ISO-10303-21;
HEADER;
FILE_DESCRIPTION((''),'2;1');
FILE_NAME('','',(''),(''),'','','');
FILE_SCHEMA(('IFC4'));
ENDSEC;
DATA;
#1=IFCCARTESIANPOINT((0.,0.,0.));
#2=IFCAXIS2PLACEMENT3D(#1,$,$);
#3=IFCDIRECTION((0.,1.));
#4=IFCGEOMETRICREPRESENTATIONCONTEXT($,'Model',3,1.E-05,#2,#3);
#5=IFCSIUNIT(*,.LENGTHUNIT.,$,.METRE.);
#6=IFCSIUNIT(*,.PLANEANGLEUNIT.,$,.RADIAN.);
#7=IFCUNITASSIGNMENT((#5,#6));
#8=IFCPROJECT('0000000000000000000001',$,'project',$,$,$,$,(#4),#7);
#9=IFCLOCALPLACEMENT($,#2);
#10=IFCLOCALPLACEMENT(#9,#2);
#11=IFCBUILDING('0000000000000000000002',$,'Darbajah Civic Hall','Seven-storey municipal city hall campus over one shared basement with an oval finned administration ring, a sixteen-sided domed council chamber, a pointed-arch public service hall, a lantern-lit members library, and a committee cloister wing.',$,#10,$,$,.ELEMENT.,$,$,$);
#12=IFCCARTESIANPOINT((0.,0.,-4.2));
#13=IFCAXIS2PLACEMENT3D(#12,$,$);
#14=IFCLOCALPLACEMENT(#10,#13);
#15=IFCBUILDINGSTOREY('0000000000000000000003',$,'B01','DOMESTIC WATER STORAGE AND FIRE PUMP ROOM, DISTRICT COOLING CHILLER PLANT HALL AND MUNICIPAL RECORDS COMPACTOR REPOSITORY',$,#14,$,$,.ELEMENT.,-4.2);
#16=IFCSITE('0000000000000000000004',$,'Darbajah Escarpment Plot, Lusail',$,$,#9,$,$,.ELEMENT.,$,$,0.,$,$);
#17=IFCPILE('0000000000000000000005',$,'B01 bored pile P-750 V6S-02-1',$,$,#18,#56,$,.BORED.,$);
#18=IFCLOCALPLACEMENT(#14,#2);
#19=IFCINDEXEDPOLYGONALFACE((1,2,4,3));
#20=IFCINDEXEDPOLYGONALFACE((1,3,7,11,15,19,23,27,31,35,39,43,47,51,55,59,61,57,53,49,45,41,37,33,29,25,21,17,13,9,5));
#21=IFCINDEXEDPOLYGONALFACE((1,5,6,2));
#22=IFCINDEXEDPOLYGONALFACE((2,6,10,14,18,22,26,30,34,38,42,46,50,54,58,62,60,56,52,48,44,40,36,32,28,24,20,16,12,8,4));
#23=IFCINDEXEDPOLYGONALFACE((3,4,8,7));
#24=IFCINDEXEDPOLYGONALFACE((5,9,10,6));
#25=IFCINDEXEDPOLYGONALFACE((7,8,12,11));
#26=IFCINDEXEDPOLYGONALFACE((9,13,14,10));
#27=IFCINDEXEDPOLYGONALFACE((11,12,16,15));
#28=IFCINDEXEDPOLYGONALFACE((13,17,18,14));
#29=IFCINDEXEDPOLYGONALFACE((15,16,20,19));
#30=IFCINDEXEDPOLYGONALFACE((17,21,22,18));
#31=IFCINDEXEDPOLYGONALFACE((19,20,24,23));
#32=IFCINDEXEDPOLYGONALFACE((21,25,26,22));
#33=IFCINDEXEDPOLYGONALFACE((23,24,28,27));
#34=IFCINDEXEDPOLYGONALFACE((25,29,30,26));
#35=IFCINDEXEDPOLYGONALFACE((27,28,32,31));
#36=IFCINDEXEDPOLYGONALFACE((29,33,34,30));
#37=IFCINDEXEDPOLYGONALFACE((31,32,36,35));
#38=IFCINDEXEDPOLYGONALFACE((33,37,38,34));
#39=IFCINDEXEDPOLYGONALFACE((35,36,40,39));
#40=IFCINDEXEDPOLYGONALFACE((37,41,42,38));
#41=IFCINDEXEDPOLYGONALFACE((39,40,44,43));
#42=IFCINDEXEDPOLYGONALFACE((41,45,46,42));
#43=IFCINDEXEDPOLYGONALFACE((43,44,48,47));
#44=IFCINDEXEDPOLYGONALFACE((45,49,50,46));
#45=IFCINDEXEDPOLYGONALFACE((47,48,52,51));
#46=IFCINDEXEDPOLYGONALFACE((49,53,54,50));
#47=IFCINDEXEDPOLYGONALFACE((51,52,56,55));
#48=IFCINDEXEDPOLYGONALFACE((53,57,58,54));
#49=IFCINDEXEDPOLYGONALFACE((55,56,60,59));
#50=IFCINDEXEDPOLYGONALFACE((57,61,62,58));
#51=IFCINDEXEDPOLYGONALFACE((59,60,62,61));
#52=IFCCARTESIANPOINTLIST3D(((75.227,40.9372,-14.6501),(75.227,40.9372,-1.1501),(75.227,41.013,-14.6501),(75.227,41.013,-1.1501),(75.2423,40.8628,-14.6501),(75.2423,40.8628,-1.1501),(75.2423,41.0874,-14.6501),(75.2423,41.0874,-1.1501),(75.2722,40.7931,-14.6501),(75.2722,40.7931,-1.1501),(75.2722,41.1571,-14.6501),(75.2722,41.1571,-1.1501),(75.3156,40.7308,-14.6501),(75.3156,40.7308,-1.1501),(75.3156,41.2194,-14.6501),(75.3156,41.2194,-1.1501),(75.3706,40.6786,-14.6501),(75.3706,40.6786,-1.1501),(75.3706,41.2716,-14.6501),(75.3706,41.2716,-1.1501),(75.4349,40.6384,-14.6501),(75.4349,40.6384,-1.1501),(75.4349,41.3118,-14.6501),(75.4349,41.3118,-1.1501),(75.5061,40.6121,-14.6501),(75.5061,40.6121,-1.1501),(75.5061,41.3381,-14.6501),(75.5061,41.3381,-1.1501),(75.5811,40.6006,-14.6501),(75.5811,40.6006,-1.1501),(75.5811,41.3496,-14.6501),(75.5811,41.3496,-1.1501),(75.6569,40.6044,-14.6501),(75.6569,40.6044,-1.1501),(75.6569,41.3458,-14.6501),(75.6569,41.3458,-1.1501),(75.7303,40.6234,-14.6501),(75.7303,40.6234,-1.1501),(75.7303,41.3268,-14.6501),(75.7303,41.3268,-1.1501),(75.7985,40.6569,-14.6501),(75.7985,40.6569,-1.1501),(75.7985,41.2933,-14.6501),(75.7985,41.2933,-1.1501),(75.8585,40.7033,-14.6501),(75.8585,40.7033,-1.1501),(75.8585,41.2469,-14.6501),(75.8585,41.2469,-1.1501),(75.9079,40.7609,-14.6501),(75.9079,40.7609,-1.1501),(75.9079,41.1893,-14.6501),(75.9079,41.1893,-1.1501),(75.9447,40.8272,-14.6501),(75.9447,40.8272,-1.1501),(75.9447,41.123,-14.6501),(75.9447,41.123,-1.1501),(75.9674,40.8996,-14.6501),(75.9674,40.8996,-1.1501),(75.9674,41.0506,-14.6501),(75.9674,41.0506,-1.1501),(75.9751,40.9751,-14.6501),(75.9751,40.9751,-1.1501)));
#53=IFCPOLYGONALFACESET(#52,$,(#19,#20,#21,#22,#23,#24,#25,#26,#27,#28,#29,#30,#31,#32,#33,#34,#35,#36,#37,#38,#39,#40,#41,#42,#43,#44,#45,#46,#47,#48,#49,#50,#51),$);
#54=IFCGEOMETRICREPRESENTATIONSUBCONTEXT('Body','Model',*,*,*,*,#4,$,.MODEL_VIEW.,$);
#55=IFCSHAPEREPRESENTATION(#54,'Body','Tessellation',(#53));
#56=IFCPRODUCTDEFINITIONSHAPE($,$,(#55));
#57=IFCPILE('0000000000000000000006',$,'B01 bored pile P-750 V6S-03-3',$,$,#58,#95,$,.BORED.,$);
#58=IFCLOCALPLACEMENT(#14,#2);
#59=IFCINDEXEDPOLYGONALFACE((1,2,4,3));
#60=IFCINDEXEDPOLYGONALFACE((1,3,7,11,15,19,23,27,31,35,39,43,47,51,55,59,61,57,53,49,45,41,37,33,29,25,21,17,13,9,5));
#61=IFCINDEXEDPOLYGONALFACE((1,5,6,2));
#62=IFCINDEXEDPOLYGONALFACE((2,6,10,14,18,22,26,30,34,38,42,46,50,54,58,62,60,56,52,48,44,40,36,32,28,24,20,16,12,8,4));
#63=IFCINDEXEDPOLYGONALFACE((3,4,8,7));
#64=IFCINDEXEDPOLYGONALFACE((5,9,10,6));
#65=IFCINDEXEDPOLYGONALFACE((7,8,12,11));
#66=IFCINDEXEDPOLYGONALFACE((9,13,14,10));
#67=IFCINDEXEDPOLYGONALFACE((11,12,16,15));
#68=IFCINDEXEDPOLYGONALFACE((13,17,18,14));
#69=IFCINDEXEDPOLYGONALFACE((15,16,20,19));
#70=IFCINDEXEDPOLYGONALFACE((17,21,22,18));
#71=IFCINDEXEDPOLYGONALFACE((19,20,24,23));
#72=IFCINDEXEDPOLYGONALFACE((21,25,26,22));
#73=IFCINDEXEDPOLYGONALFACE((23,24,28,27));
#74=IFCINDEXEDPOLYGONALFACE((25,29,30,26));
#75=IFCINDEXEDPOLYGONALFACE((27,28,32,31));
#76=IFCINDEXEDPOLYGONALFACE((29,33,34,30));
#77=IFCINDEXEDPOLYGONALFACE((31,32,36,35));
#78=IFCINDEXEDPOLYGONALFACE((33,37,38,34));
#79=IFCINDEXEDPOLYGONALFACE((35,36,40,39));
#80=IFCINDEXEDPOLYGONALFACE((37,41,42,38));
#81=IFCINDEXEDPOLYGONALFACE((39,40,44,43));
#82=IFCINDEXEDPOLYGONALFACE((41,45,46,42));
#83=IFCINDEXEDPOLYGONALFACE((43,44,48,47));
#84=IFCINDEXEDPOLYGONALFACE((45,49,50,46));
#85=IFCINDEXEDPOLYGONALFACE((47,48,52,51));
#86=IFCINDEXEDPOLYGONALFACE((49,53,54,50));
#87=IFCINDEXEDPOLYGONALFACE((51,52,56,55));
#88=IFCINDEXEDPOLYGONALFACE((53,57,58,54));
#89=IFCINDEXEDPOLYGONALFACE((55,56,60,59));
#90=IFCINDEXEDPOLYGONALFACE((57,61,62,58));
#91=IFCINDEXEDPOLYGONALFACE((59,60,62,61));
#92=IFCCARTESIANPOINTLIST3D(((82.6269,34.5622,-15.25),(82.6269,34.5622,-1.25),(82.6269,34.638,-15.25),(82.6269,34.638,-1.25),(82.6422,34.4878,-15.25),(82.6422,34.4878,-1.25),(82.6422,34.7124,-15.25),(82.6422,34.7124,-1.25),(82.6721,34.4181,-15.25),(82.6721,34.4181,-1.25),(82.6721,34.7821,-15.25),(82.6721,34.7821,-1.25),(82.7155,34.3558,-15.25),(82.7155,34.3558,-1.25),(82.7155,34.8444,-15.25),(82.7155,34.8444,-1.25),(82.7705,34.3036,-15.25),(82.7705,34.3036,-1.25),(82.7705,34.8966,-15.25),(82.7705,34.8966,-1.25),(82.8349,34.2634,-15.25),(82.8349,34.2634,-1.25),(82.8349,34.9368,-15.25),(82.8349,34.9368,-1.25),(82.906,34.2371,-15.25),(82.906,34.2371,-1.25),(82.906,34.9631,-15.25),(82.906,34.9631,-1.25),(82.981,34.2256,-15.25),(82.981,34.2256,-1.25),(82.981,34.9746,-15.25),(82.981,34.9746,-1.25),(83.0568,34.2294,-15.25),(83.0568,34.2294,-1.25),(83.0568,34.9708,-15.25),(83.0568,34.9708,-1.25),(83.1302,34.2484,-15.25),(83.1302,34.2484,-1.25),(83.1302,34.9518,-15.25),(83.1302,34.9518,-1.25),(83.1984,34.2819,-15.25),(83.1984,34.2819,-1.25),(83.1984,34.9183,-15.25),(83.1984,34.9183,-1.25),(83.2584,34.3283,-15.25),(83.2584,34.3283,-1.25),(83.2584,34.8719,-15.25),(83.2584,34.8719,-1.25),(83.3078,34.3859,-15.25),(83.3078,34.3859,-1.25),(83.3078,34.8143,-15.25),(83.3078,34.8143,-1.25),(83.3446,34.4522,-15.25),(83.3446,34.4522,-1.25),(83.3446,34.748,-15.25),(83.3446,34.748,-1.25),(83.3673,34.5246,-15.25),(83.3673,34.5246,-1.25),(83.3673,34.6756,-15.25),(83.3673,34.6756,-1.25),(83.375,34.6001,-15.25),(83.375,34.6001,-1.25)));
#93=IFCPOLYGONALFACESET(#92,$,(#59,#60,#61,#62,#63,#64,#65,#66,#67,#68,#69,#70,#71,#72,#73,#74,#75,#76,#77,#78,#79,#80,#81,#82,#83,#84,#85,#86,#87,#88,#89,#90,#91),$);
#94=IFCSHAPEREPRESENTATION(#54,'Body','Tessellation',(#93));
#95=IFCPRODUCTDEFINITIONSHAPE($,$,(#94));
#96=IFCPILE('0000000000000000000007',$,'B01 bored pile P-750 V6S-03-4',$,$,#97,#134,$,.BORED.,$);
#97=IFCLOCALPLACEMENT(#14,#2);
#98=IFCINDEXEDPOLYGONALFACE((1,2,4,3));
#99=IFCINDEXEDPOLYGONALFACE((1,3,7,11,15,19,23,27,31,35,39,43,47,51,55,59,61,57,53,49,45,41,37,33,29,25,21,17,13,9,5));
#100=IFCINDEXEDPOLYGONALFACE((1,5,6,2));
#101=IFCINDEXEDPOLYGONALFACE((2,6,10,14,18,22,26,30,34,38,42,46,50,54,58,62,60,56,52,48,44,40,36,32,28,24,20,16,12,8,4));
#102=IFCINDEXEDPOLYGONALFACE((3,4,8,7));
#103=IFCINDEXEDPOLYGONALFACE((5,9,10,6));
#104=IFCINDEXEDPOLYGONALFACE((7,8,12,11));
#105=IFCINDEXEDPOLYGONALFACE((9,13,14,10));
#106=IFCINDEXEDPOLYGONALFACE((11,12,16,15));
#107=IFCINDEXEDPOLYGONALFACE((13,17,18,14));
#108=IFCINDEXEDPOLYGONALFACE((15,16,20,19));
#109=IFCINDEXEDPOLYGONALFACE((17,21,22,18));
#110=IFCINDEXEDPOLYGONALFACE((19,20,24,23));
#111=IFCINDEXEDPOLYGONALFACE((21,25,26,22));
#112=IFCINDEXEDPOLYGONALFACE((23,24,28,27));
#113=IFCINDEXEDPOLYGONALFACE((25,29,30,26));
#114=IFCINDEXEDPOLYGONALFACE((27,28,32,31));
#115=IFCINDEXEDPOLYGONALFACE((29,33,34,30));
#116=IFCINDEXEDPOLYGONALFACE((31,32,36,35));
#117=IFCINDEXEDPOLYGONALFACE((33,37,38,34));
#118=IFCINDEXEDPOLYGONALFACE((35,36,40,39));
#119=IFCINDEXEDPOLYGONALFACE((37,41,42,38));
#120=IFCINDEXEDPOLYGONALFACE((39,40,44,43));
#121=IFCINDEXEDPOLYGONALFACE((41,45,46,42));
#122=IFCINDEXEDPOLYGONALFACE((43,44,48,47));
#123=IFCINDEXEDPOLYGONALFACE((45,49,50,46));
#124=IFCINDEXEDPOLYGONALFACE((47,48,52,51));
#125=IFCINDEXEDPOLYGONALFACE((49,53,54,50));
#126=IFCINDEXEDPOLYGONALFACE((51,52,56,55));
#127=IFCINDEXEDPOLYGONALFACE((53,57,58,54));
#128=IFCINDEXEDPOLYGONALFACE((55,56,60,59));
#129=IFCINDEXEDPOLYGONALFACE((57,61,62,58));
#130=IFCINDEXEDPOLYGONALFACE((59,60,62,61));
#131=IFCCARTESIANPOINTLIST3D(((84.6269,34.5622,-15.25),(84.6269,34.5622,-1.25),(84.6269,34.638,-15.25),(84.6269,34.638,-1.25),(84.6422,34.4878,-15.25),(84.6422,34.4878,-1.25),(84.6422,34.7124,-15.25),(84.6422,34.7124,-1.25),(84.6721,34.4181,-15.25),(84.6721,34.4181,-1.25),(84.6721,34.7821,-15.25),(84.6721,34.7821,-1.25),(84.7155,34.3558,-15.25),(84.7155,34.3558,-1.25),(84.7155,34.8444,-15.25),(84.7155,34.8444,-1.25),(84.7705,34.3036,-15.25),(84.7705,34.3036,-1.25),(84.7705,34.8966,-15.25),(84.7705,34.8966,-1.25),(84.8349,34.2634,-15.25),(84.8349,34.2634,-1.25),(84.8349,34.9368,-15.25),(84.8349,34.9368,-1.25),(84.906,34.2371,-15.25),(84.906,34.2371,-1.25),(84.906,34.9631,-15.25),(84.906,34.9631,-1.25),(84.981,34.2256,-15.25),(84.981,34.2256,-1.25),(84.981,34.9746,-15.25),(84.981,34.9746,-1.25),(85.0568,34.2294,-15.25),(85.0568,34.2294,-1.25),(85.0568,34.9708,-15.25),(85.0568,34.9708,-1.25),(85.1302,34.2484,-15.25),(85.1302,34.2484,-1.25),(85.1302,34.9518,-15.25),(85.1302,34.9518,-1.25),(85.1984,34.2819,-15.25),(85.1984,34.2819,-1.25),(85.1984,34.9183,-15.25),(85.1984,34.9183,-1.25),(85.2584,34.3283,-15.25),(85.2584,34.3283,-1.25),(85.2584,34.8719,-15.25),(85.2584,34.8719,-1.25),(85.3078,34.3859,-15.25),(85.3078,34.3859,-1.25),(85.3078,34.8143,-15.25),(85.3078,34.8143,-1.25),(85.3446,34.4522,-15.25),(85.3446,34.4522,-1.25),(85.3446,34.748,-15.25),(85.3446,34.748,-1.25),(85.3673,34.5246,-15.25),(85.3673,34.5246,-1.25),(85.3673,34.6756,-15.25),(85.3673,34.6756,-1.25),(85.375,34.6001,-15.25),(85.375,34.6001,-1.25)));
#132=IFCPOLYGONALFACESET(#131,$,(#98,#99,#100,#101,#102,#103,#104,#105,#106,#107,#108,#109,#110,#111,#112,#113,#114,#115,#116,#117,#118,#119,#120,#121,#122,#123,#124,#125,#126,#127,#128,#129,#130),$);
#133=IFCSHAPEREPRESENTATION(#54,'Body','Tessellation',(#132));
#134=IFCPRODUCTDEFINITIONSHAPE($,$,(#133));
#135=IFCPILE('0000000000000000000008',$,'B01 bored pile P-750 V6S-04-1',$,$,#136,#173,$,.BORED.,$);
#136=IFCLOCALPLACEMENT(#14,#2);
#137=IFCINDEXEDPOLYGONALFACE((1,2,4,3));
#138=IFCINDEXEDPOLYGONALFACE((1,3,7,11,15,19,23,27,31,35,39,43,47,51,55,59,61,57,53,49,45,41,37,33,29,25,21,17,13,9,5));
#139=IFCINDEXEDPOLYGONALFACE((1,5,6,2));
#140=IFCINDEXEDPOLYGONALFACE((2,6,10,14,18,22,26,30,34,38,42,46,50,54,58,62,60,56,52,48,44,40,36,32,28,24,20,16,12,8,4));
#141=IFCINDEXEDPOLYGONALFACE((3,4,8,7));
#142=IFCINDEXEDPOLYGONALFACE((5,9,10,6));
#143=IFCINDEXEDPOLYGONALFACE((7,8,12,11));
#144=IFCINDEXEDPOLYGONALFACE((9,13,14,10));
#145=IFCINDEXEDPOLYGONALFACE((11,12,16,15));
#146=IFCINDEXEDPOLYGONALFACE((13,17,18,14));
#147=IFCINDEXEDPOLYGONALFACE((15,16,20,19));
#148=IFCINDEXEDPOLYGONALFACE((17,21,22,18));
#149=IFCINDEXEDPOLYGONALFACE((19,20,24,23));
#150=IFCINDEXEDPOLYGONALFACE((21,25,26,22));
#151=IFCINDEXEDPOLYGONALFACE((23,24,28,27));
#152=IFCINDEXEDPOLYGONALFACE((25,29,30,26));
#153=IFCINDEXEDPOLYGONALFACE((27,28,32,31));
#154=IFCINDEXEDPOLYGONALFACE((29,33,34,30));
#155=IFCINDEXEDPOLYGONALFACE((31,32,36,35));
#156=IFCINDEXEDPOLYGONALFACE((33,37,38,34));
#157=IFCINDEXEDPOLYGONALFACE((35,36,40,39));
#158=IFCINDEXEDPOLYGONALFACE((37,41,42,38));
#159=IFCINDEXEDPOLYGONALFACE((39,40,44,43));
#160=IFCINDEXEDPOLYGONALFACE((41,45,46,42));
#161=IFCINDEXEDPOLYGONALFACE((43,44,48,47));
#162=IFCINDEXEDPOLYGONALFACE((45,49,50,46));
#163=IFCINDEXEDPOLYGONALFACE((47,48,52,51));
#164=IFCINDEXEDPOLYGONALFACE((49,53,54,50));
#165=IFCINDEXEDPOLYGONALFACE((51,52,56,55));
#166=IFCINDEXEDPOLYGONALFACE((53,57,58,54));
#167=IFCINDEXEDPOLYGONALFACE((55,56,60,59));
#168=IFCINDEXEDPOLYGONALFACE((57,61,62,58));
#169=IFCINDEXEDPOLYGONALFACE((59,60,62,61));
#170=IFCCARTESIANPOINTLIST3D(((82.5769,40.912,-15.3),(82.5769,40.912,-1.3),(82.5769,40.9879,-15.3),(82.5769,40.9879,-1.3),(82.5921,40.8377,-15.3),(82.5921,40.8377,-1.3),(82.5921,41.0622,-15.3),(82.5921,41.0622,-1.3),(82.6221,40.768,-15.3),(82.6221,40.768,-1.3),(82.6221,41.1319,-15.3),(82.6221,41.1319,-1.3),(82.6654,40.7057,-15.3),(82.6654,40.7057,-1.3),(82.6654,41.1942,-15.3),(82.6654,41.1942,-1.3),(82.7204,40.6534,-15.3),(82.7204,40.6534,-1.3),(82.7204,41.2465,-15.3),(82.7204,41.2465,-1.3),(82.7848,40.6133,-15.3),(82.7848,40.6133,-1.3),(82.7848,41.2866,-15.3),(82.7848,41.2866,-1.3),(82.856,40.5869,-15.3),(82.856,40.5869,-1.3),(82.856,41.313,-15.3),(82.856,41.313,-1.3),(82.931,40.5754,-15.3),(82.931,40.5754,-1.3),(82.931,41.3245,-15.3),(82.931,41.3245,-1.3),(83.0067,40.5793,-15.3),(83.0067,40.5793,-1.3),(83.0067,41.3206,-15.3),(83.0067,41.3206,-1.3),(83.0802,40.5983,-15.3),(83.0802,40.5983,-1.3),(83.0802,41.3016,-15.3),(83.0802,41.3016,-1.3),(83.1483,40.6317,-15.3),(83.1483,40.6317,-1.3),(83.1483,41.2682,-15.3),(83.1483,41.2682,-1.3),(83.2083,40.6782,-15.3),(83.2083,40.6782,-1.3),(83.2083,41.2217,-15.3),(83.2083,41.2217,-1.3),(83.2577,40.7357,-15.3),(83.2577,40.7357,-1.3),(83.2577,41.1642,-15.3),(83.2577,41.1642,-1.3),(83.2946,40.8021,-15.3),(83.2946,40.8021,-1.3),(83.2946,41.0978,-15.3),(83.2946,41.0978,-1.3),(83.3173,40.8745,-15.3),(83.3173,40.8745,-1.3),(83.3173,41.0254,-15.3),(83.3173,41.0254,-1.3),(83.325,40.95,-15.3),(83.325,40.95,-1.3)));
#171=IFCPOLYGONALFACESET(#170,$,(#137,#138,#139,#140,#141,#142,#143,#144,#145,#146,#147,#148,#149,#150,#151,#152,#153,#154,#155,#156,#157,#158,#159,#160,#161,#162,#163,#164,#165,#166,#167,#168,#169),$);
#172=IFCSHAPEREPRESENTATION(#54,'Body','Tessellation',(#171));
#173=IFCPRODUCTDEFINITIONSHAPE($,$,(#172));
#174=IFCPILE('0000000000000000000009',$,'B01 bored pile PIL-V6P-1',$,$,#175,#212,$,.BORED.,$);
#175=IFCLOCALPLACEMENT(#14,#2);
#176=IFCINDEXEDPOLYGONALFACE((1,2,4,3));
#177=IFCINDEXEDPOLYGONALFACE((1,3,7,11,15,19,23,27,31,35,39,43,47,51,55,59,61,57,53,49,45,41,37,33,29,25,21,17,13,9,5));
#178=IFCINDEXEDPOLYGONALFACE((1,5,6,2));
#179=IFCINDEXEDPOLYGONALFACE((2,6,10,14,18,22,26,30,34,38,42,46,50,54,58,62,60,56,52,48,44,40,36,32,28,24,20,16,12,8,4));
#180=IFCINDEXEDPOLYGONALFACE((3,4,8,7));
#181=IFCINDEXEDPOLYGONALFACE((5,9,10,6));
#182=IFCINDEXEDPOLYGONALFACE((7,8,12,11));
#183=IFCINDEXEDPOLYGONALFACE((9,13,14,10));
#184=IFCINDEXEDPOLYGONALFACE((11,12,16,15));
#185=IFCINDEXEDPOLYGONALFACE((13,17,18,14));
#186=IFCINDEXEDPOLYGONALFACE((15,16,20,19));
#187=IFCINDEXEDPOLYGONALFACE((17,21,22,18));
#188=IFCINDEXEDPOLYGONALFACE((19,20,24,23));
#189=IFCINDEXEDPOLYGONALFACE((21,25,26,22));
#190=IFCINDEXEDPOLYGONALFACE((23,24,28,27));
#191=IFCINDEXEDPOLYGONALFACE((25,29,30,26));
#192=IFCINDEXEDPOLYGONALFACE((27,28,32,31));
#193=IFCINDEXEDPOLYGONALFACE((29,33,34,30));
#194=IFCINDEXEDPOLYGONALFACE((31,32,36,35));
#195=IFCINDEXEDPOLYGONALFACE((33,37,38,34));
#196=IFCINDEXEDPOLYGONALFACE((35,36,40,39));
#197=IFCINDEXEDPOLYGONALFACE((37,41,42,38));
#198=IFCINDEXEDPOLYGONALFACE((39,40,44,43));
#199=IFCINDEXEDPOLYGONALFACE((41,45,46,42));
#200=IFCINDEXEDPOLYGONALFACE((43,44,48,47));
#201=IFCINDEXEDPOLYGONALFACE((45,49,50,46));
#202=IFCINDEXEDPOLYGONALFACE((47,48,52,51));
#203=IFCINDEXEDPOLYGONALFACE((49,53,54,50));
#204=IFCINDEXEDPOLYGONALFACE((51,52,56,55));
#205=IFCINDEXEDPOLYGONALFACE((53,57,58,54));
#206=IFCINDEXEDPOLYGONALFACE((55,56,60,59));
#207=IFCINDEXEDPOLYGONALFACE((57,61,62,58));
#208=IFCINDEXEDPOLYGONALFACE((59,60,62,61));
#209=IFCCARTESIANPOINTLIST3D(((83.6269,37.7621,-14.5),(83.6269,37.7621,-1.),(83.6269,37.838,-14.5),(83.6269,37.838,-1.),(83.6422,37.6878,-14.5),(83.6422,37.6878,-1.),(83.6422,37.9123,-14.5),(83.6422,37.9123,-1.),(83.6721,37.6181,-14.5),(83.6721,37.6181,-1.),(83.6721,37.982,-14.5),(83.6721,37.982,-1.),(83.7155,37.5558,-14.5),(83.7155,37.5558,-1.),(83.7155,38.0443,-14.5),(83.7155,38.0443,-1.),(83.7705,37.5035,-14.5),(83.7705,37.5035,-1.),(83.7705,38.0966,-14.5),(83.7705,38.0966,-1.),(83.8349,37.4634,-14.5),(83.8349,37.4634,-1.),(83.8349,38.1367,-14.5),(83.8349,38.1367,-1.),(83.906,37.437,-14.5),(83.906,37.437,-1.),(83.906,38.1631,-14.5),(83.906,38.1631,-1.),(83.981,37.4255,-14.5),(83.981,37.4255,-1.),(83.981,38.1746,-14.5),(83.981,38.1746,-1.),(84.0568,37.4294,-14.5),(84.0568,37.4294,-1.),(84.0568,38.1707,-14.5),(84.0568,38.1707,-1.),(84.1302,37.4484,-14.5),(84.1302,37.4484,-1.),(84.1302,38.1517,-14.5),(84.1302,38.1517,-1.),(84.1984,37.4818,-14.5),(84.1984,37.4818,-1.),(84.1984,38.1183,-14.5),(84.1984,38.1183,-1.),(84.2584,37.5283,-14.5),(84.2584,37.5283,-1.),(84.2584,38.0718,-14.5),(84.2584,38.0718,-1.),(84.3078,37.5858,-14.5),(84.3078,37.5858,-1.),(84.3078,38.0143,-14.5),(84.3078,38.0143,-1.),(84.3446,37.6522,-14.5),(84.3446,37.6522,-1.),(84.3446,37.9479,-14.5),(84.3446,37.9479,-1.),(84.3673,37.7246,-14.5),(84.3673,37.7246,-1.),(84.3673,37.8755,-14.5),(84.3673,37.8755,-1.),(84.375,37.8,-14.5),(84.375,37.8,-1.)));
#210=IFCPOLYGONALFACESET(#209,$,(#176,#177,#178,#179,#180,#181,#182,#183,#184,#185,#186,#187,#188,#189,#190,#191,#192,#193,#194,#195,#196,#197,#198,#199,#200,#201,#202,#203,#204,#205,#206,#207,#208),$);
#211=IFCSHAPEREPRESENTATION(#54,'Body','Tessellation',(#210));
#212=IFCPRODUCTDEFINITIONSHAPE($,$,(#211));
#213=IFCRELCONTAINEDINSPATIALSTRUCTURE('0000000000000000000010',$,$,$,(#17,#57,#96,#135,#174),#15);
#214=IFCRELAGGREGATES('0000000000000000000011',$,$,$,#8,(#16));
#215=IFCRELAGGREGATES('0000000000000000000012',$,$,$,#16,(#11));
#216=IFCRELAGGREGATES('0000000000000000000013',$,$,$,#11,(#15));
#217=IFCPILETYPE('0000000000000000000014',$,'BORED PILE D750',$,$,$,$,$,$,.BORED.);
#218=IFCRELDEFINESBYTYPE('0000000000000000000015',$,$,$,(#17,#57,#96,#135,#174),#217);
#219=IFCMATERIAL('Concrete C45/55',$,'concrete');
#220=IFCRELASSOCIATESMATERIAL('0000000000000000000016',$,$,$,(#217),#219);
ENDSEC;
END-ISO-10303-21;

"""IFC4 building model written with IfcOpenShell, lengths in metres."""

from ifc_helpers import new_model, si_unit, direction, frame, origin, origin_2d, place, context, subcontext, project, spatial, circle, extrude, material, material_profile, profile_set, type_object, element, save


model = new_model("IFC4")

# Units and contexts
model_context = context("Model", 3, precision=1e-05, world=origin(), true_north=direction((0.0, 1.0)))
body_context = subcontext(model_context, "Body", "Model", "MODEL_VIEW")
ifc_project = project(units=[si_unit("LENGTHUNIT", "METRE"), si_unit("PLANEANGLEUNIT", "RADIAN")], contexts=[model_context])

# Site, building, storey
site_placement = place(None, origin())
site = spatial("IfcSite", under=ifc_project, at=site_placement, Name="Darbajah Escarpment Plot, Lusail", CompositionType="ELEMENT", RefElevation=0.0)
building_placement = place(site_placement, origin())
building = spatial("IfcBuilding", under=site, at=building_placement, Name="Darbajah Civic Hall", Description="Seven-storey municipal city hall campus over one shared basement with an oval finned administration ring, a sixteen-sided domed council chamber, a pointed-arch public service hall, a lantern-lit members library, and a committee cloister wing.", CompositionType="ELEMENT")
storey_placement = place(building_placement, frame((0.0, 0.0, -4.2)))
storey = spatial("IfcBuildingStorey", under=building, at=storey_placement, Name="B01", Description="DOMESTIC WATER STORAGE AND FIRE PUMP ROOM, DISTRICT COOLING CHILLER PLANT HALL AND MUNICIPAL RECORDS COMPACTOR REPOSITORY", CompositionType="ELEMENT", Elevation=-4.2)

# Piles
ifc_material_1 = material(Name="Concrete C45/55", Category="concrete")
ifc_material_profile_1 = material_profile(ifc_material_1, circle(Radius=0.375, at=origin_2d()), Name="BORED PILE D750")
ifc_profile_set_1 = profile_set([ifc_material_profile_1], Name="Concrete C45/55")
pile_type = type_object("IfcPileType", Name="BORED PILE D750", PredefinedType="BORED", material=ifc_profile_set_1)
for number, where, z_axis, x_axis, name in (
    (1, (75.6001, 40.9751, -1.1501), (0.0, 0.0, -1.0), (1.0, 0.0, 0.0), "B01 bored pile P-750 V6S-02-1"),
):
    element("IfcPile", number, at=place(storey_placement, frame(where, z_axis=z_axis, x_axis=x_axis)), inside=storey, type_object=pile_type, Name=name, PredefinedType="BORED", context=body_context, shape_type="SweptSolid", body=[
        extrude(circle(Radius=0.375, at=origin_2d()), origin(), (0.0, 0.0, 1.0), 13.5),
    ])
for number, where, z_axis, x_axis, name in (
    (2, (83.0, 34.6001, -1.25), (0.0, 0.0, -1.0), (1.0, 0.0, 0.0), "B01 bored pile P-750 V6S-03-3"),
    (3, (85.0, 34.6001, -1.25), (0.0, 0.0, -1.0), (1.0, 0.0, 0.0), "B01 bored pile P-750 V6S-03-4"),
    (4, (82.95, 40.95, -1.3), (0.0, 0.0, -1.0), (1.0, 0.0, 0.0), "B01 bored pile P-750 V6S-04-1"),
):
    element("IfcPile", number, at=place(storey_placement, frame(where, z_axis=z_axis, x_axis=x_axis)), inside=storey, type_object=pile_type, Name=name, PredefinedType="BORED", context=body_context, shape_type="SweptSolid", body=[
        extrude(circle(Radius=0.375, at=origin_2d()), origin(), (0.0, 0.0, 1.0), 14.0),
    ])
pile_placement = place(storey_placement, frame((84.0, 37.8, -1.0), z_axis=(0.0, 0.0, -1.0), x_axis=(1.0, 0.0, 0.0)))
element("IfcPile", 5, at=pile_placement, inside=storey, type_object=pile_type, Name="B01 bored pile PIL-V6P-1", PredefinedType="BORED", context=body_context, shape_type="SweptSolid", body=[
    extrude(circle(Radius=0.375, at=origin_2d()), origin(), (0.0, 0.0, 1.0), 13.5),
])

save(model, "model.ifc")
